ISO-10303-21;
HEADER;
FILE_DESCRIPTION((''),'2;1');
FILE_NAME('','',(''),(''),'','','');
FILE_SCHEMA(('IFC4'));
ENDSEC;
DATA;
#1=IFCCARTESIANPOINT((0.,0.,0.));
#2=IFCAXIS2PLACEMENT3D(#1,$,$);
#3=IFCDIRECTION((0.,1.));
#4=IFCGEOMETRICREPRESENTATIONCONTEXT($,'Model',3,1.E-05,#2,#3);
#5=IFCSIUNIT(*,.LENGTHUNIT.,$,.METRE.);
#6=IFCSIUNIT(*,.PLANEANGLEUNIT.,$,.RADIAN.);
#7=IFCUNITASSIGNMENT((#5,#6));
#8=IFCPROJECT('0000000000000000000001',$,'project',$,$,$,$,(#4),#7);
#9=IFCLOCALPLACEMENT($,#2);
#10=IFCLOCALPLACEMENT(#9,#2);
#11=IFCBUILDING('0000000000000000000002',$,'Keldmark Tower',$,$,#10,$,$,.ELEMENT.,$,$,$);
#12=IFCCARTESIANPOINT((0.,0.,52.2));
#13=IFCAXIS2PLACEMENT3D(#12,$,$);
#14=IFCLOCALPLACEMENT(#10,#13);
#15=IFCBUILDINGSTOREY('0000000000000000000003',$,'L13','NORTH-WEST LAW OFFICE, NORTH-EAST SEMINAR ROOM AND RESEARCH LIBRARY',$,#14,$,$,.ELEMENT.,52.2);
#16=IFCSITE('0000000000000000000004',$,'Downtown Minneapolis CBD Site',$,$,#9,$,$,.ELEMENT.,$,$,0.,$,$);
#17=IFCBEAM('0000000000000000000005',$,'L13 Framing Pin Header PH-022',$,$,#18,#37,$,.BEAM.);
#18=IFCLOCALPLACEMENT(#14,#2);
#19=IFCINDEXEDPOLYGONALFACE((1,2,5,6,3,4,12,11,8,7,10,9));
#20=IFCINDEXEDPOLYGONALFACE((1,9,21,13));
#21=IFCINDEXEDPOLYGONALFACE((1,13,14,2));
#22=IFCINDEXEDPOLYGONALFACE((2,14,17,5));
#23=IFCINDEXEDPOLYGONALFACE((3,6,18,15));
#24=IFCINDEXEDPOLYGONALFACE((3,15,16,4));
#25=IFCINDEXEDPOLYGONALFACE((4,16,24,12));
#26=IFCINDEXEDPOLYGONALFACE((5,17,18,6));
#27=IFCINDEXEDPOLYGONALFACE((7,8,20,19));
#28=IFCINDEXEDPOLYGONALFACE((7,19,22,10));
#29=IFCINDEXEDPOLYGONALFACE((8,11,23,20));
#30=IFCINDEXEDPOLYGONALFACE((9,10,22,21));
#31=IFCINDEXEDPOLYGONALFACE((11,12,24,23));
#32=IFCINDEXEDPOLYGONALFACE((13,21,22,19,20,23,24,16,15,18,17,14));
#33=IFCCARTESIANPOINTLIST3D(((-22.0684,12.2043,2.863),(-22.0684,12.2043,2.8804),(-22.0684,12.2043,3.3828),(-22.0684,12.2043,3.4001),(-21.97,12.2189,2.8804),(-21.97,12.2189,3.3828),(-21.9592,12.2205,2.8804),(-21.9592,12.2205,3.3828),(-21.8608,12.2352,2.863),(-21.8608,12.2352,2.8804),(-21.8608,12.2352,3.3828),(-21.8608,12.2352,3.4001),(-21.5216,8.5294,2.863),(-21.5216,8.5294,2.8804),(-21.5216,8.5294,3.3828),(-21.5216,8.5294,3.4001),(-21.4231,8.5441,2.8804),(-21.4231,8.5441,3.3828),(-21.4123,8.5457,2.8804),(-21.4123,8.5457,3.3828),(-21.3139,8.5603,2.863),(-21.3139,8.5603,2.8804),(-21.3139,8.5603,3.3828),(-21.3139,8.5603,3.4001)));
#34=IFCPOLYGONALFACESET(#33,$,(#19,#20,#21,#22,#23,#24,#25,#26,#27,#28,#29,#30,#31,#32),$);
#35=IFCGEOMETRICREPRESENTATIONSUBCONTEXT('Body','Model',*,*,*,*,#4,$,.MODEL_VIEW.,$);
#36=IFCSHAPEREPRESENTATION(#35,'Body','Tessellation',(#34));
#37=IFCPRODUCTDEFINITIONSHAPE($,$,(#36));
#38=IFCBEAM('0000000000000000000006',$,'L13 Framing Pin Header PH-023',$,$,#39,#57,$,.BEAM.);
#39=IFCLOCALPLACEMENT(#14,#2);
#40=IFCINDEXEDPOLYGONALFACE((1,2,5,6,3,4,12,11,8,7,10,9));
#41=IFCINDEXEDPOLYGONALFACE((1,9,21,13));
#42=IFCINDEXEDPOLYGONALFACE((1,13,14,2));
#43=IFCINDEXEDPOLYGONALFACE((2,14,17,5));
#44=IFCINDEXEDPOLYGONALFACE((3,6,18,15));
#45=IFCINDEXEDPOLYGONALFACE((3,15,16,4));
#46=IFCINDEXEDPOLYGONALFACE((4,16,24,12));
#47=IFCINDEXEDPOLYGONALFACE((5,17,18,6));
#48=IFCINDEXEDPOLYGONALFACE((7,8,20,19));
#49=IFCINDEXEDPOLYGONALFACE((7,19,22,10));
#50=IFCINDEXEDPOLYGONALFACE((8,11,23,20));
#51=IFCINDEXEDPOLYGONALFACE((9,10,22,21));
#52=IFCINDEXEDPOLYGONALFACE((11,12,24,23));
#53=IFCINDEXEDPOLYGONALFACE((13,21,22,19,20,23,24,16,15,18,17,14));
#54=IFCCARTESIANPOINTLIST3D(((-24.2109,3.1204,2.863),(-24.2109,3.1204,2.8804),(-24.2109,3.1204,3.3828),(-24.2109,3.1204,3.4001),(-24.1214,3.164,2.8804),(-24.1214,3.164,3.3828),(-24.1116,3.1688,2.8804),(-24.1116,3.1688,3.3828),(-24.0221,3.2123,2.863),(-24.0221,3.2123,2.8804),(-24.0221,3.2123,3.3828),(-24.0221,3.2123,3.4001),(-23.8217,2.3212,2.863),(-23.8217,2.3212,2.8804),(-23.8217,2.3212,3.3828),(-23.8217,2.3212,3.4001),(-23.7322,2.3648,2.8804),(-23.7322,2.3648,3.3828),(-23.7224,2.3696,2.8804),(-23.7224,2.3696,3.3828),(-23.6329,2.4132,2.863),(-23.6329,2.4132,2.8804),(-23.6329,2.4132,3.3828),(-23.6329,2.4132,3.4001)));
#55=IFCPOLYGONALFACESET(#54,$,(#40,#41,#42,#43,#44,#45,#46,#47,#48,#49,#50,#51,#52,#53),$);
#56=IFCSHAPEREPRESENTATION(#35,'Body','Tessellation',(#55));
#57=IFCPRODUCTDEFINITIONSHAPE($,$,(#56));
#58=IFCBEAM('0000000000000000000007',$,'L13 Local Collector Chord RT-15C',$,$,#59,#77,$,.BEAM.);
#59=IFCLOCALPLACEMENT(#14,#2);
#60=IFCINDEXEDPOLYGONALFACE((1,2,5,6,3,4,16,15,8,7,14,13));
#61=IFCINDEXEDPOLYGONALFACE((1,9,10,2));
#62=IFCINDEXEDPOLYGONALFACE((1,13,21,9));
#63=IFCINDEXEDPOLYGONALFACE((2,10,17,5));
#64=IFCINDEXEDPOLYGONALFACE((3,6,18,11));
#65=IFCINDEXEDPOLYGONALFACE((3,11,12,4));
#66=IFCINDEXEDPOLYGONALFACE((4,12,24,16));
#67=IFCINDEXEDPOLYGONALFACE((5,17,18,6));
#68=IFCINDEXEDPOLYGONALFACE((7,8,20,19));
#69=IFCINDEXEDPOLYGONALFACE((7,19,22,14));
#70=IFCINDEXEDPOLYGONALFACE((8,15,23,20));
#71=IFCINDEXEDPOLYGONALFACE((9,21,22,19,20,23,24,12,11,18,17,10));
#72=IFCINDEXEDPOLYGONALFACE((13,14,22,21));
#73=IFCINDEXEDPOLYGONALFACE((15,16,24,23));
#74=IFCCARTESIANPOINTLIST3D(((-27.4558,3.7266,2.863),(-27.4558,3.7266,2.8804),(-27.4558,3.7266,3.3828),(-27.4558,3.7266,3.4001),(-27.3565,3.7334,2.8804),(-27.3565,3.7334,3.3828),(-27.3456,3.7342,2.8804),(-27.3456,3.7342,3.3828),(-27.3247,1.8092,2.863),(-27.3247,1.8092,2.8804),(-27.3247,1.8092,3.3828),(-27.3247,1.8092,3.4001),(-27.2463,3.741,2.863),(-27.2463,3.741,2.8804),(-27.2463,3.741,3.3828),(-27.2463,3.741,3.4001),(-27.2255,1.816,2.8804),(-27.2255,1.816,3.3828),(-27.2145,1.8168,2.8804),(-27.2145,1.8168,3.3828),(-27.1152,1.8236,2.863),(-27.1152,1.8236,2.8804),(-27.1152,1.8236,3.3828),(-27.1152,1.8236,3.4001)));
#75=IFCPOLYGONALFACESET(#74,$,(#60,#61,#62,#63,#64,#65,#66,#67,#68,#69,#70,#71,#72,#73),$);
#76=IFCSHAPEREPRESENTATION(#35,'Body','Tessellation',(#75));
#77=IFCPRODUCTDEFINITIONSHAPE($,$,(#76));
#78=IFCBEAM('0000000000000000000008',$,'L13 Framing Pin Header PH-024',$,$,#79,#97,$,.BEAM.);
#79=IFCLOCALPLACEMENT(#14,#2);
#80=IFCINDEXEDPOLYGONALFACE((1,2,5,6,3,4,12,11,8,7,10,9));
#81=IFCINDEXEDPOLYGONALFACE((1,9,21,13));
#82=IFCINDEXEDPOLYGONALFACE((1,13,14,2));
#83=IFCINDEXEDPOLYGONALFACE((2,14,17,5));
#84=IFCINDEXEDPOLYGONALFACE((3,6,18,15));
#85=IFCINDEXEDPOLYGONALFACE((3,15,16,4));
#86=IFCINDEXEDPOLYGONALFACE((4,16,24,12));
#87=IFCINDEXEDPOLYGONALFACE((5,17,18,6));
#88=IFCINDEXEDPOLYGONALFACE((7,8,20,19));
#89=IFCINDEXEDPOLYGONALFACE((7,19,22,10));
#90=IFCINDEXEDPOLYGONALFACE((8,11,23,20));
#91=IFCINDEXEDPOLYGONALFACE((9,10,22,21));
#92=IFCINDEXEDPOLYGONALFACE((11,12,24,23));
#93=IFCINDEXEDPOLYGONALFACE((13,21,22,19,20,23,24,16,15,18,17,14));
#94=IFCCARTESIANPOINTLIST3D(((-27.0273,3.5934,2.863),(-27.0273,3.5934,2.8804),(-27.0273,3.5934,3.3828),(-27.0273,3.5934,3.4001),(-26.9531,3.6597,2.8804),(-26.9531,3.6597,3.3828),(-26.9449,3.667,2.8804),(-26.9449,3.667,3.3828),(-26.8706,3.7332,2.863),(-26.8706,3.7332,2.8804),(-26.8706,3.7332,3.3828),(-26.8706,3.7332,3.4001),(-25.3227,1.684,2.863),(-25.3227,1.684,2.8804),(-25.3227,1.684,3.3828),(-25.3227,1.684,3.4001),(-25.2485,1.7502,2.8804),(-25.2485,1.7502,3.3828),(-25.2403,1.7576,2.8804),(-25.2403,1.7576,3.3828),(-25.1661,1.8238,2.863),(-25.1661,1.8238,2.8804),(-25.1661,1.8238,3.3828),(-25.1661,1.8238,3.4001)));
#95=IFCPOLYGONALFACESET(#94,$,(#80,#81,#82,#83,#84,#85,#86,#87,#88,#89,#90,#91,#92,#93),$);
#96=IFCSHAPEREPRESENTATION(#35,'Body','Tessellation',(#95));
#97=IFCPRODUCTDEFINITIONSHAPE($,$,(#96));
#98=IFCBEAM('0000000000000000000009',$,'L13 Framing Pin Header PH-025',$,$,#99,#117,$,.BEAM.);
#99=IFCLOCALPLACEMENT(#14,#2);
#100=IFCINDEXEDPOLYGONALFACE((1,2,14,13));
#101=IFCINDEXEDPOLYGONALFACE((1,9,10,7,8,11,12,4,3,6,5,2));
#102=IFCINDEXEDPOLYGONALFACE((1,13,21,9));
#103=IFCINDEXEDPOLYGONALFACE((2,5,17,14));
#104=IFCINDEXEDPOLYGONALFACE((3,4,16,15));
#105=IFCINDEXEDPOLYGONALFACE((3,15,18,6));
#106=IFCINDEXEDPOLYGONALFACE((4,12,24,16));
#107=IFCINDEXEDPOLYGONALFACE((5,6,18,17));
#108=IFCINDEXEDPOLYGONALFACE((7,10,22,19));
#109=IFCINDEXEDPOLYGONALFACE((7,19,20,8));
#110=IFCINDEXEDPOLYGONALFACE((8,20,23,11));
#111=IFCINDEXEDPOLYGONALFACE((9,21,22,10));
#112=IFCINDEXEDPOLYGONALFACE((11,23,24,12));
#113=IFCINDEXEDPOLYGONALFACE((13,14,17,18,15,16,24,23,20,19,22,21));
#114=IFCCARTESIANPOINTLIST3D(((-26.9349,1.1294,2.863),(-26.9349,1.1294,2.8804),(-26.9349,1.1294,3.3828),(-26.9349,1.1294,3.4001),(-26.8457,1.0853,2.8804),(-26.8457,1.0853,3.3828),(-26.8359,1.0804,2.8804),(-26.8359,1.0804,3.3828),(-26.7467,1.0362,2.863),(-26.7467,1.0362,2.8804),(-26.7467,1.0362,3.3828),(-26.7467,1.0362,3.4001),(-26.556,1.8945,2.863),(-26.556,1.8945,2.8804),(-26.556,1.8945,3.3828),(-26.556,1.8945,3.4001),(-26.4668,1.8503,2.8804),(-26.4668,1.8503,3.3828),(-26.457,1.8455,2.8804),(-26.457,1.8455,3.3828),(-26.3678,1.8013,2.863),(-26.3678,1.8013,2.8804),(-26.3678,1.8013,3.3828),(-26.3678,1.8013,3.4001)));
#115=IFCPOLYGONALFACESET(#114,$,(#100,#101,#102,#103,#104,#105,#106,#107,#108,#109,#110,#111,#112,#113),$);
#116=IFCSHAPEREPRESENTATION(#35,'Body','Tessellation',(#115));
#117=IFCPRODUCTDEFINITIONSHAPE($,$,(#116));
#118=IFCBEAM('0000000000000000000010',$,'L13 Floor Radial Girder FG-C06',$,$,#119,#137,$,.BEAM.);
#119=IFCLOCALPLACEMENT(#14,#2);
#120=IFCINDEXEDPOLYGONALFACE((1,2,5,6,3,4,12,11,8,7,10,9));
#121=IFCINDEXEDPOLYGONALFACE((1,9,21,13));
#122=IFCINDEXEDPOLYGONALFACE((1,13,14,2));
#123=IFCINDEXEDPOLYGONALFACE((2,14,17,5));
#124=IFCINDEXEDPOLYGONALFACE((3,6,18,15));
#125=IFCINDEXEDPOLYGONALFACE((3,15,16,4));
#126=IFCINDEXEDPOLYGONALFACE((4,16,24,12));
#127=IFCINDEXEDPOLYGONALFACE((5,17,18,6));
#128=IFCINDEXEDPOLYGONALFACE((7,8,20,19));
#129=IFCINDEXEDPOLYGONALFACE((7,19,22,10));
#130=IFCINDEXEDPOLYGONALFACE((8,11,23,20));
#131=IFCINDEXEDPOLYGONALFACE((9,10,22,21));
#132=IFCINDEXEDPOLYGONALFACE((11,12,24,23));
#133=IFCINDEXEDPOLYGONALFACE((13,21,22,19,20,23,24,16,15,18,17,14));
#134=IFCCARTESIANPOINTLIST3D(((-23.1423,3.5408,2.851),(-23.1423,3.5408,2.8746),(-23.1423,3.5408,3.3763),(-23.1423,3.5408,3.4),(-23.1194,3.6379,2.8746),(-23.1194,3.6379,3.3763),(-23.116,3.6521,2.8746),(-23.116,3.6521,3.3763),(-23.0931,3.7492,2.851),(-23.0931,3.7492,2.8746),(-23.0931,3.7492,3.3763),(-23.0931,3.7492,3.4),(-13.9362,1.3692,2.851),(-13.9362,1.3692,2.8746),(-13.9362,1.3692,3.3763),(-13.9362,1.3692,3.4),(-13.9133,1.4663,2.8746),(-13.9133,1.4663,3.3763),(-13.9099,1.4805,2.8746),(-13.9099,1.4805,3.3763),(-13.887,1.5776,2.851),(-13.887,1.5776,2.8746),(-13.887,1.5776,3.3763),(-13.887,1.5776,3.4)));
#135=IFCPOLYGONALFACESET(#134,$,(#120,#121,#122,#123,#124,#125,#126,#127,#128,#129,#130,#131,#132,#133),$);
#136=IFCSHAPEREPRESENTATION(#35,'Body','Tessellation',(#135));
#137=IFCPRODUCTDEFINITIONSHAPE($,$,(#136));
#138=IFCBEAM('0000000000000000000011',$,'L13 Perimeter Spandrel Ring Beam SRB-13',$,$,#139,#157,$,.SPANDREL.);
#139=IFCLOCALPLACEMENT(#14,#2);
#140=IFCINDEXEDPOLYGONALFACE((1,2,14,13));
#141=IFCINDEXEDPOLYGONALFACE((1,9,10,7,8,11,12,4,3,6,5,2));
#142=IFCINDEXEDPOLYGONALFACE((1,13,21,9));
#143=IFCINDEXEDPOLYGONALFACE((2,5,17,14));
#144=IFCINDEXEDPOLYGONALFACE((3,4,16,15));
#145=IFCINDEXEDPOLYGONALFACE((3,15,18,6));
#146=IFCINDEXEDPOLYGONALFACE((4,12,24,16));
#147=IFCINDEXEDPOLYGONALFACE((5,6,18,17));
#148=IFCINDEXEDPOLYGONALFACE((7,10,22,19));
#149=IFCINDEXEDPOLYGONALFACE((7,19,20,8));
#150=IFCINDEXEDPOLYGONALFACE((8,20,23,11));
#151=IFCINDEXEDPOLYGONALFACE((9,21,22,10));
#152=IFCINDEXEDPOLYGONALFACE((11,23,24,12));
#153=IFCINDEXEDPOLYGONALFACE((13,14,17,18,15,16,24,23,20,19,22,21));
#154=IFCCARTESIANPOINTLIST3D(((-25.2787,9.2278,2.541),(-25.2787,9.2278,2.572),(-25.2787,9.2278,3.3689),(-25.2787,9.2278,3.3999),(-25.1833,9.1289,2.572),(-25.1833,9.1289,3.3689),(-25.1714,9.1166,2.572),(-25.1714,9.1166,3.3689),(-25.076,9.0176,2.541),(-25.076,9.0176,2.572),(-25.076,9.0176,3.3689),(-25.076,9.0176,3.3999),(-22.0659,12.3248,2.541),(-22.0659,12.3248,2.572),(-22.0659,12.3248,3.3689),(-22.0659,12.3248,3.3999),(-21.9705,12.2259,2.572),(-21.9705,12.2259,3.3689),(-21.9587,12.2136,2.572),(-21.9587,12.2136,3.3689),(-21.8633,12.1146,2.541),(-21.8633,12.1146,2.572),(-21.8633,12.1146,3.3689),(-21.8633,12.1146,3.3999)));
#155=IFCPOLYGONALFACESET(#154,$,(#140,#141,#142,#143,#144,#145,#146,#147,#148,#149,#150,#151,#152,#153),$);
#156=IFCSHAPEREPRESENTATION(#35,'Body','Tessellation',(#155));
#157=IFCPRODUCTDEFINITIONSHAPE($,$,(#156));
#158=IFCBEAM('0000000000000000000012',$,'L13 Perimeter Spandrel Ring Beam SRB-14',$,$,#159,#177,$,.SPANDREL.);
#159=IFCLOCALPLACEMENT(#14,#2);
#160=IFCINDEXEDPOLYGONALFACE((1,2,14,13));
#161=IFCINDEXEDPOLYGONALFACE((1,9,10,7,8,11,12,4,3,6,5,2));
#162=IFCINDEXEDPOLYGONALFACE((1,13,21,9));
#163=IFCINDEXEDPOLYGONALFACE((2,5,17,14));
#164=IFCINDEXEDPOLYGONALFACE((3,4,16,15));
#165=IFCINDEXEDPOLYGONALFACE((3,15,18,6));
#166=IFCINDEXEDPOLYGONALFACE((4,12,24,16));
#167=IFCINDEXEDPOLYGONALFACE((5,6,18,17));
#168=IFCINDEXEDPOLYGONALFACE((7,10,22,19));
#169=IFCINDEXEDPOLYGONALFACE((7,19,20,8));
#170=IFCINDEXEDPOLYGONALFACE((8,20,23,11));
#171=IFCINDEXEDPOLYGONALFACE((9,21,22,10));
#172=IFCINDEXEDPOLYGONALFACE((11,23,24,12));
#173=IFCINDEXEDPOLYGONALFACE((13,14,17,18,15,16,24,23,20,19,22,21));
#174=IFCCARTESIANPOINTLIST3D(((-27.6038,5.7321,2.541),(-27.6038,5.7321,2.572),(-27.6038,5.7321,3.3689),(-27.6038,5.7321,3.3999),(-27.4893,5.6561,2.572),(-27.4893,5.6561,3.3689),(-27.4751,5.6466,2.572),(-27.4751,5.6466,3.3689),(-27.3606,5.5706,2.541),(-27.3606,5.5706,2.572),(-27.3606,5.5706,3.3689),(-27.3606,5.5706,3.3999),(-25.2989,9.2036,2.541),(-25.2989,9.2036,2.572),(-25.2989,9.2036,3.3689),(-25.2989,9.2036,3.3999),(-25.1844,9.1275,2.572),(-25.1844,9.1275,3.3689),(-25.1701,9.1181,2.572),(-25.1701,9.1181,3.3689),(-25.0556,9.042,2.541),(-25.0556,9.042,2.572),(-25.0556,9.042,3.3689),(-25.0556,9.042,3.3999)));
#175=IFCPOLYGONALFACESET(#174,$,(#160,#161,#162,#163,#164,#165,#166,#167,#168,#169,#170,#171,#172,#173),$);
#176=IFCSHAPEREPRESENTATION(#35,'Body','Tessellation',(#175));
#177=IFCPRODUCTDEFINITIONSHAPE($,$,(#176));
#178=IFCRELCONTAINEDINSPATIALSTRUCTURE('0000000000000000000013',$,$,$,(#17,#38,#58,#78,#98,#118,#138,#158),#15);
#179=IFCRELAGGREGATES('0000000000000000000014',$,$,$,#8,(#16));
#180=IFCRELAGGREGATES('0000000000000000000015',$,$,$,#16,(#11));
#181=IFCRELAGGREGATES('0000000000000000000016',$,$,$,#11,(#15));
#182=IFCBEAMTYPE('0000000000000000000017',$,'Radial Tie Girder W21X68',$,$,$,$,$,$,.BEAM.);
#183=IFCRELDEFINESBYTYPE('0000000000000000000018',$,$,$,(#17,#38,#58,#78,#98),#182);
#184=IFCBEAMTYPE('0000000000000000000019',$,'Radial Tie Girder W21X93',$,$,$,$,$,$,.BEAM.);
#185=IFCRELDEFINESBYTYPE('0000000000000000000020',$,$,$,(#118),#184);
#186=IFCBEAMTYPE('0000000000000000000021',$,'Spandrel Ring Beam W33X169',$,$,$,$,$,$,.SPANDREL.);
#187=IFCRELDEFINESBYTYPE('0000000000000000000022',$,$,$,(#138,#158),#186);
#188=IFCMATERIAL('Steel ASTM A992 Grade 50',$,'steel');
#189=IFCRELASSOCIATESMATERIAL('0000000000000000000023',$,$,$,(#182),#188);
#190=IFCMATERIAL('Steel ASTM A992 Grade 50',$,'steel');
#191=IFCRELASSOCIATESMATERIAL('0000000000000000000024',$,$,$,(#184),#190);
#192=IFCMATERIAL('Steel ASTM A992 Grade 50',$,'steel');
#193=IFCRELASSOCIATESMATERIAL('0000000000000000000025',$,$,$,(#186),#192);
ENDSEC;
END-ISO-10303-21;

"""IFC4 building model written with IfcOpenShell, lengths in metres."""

from ifc_helpers import new_model, si_unit, direction, frame, origin, origin_2d, place, context, subcontext, project, spatial, i_section, extrude, material, material_profile, profile_set, type_object, element, save


model = new_model("IFC4")

# Units and contexts
model_context = context("Model", 3, precision=1e-05, world=origin(), true_north=direction((0.0, 1.0)))
body_context = subcontext(model_context, "Body", "Model", "MODEL_VIEW")
ifc_project = project(units=[si_unit("LENGTHUNIT", "METRE"), si_unit("PLANEANGLEUNIT", "RADIAN")], contexts=[model_context])

# Site, building, storey
site_placement = place(None, origin())
site = spatial("IfcSite", under=ifc_project, at=site_placement, Name="Downtown Minneapolis CBD Site", CompositionType="ELEMENT", RefElevation=0.0)
building_placement = place(site_placement, origin())
building = spatial("IfcBuilding", under=site, at=building_placement, Name="Keldmark Tower", CompositionType="ELEMENT")
storey_placement = place(building_placement, frame((0.0, 0.0, 52.2)))
storey = spatial("IfcBuildingStorey", under=building, at=storey_placement, Name="L13", Description="NORTH-WEST LAW OFFICE, NORTH-EAST SEMINAR ROOM AND RESEARCH LIBRARY", CompositionType="ELEMENT", Elevation=52.2)

# Beams
ifc_material_1 = material(Name="Steel ASTM A992 Grade 50", Category="steel")
ifc_material_profile_1 = material_profile(ifc_material_1, i_section(OverallWidth=0.21, OverallDepth=0.5371, WebThickness=0.011, FlangeThickness=0.0173, at=origin_2d()), Name="W21X68")
ifc_profile_set_1 = profile_set([ifc_material_profile_1], Name="Steel ASTM A992 Grade 50")
beam_type_1 = type_object("IfcBeamType", Name="Radial Tie Girder W21X68", PredefinedType="BEAM", material=ifc_profile_set_1)
beam_1_placement = place(storey_placement, frame((-21.9646, 12.2197, 3.1316), z_axis=(0.147196, -0.989107, 0.0), x_axis=(0.989107, 0.147196, 0.0)))
element("IfcBeam", 1, at=beam_1_placement, inside=storey, type_object=beam_type_1, Name="L13 Framing Pin Header PH-022", PredefinedType="BEAM", context=body_context, shape_type="SweptSolid", body=[
    extrude(i_section(OverallWidth=0.21, OverallDepth=0.5371, WebThickness=0.011, FlangeThickness=0.0173, at=origin_2d()), origin(), (0.0, 0.0, 1.0), 3.7153),
])
beam_2_placement = place(storey_placement, frame((-23.7273, 2.3672, 3.1316), z_axis=(-0.43785, 0.899048, 0.0), x_axis=(-0.899048, -0.43785, 0.0)))
element("IfcBeam", 2, at=beam_2_placement, inside=storey, type_object=beam_type_1, Name="L13 Framing Pin Header PH-023", PredefinedType="BEAM", context=body_context, shape_type="SweptSolid", body=[
    extrude(i_section(OverallWidth=0.21, OverallDepth=0.5371, WebThickness=0.011, FlangeThickness=0.0173, at=origin_2d()), origin(), (0.0, 0.0, 1.0), 0.8889),
])
beam_3_placement = place(storey_placement, frame((-27.22, 1.8164, 3.1316), z_axis=(-0.068214, 0.997671, 0.0), x_axis=(-0.997671, -0.068214, 0.0)))
element("IfcBeam", 3, at=beam_3_placement, inside=storey, type_object=beam_type_1, Name="L13 Local Collector Chord RT-15C", PredefinedType="BEAM", context=body_context, shape_type="SweptSolid", body=[
    extrude(i_section(OverallWidth=0.21, OverallDepth=0.5371, WebThickness=0.011, FlangeThickness=0.0173, at=origin_2d()), origin(), (0.0, 0.0, 1.0), 1.9219),
])
beam_4_placement = place(storey_placement, frame((-25.2444, 1.7539, 3.1316), z_axis=(-0.665961, 0.745987, 0.0), x_axis=(-0.745987, -0.665961, 0.0)))
element("IfcBeam", 4, at=beam_4_placement, inside=storey, type_object=beam_type_1, Name="L13 Framing Pin Header PH-024", PredefinedType="BEAM", context=body_context, shape_type="SweptSolid", body=[
    extrude(i_section(OverallWidth=0.21, OverallDepth=0.5371, WebThickness=0.011, FlangeThickness=0.0173, at=origin_2d()), origin(), (0.0, 0.0, 1.0), 2.5596),
])
beam_5_placement = place(storey_placement, frame((-26.4619, 1.8479, 3.1316), z_axis=(-0.443779, -0.896136, 0.0), x_axis=(0.896136, -0.443779, 0.0)))
element("IfcBeam", 5, at=beam_5_placement, inside=storey, type_object=beam_type_1, Name="L13 Framing Pin Header PH-025", PredefinedType="BEAM", context=body_context, shape_type="SweptSolid", body=[
    extrude(i_section(OverallWidth=0.21, OverallDepth=0.5371, WebThickness=0.011, FlangeThickness=0.0173, at=origin_2d()), origin(), (0.0, 0.0, 1.0), 0.8538),
])
ifc_material_2 = material(Name="Steel ASTM A992 Grade 50", Category="steel")
ifc_material_profile_2 = material_profile(ifc_material_2, i_section(OverallWidth=0.2141, OverallDepth=0.5491, WebThickness=0.0146, FlangeThickness=0.0237, at=origin_2d()), Name="W21X93")
ifc_profile_set_2 = profile_set([ifc_material_profile_2], Name="Steel ASTM A992 Grade 50")
beam_type_2 = type_object("IfcBeamType", Name="Radial Tie Girder W21X93", PredefinedType="BEAM", material=ifc_profile_set_2)
beam_6_placement = place(storey_placement, frame((-23.1177, 3.645, 3.1255), z_axis=(0.973287, -0.22959, 0.0), x_axis=(0.22959, 0.973287, 0.0)))
element("IfcBeam", 6, at=beam_6_placement, inside=storey, type_object=beam_type_2, Name="L13 Floor Radial Girder FG-C06", PredefinedType="BEAM", context=body_context, shape_type="SweptSolid", body=[
    extrude(i_section(OverallWidth=0.2141, OverallDepth=0.5491, WebThickness=0.0146, FlangeThickness=0.0237, at=origin_2d()), origin(), (0.0, 0.0, 1.0), 9.4587),
])
ifc_material_3 = material(Name="Steel ASTM A992 Grade 50", Category="steel")
ifc_material_profile_3 = material_profile(ifc_material_3, i_section(OverallWidth=0.292, OverallDepth=0.8589, WebThickness=0.0171, FlangeThickness=0.031, at=origin_2d()), Name="W33X169")
ifc_profile_set_3 = profile_set([ifc_material_profile_3], Name="Steel ASTM A992 Grade 50")
beam_type_3 = type_object("IfcBeamType", Name="Spandrel Ring Beam W33X169", PredefinedType="SPANDREL", material=ifc_profile_set_3)
beam_7_placement = place(storey_placement, frame((-21.9646, 12.2197, 2.9705), z_axis=(-0.719955, -0.694021, 0.0), x_axis=(0.694021, -0.719955, 0.0)))
element("IfcBeam", 7, at=beam_7_placement, inside=storey, type_object=beam_type_3, Name="L13 Perimeter Spandrel Ring Beam SRB-13", PredefinedType="SPANDREL", context=body_context, shape_type="SweptSolid", body=[
    extrude(i_section(OverallWidth=0.292, OverallDepth=0.8589, WebThickness=0.0171, FlangeThickness=0.031, at=origin_2d()), origin(), (0.0, 0.0, 1.0), 4.4624),
])
beam_8_placement = place(storey_placement, frame((-25.1772, 9.1228, 2.9705), z_axis=(-0.553144, -0.833085, 0.0), x_axis=(0.833085, -0.553144, 0.0)))
element("IfcBeam", 8, at=beam_8_placement, inside=storey, type_object=beam_type_3, Name="L13 Perimeter Spandrel Ring Beam SRB-14", PredefinedType="SPANDREL", context=body_context, shape_type="SweptSolid", body=[
    extrude(i_section(OverallWidth=0.292, OverallDepth=0.8589, WebThickness=0.0171, FlangeThickness=0.031, at=origin_2d()), origin(), (0.0, 0.0, 1.0), 4.167),
])

save(model, "model.ifc")
